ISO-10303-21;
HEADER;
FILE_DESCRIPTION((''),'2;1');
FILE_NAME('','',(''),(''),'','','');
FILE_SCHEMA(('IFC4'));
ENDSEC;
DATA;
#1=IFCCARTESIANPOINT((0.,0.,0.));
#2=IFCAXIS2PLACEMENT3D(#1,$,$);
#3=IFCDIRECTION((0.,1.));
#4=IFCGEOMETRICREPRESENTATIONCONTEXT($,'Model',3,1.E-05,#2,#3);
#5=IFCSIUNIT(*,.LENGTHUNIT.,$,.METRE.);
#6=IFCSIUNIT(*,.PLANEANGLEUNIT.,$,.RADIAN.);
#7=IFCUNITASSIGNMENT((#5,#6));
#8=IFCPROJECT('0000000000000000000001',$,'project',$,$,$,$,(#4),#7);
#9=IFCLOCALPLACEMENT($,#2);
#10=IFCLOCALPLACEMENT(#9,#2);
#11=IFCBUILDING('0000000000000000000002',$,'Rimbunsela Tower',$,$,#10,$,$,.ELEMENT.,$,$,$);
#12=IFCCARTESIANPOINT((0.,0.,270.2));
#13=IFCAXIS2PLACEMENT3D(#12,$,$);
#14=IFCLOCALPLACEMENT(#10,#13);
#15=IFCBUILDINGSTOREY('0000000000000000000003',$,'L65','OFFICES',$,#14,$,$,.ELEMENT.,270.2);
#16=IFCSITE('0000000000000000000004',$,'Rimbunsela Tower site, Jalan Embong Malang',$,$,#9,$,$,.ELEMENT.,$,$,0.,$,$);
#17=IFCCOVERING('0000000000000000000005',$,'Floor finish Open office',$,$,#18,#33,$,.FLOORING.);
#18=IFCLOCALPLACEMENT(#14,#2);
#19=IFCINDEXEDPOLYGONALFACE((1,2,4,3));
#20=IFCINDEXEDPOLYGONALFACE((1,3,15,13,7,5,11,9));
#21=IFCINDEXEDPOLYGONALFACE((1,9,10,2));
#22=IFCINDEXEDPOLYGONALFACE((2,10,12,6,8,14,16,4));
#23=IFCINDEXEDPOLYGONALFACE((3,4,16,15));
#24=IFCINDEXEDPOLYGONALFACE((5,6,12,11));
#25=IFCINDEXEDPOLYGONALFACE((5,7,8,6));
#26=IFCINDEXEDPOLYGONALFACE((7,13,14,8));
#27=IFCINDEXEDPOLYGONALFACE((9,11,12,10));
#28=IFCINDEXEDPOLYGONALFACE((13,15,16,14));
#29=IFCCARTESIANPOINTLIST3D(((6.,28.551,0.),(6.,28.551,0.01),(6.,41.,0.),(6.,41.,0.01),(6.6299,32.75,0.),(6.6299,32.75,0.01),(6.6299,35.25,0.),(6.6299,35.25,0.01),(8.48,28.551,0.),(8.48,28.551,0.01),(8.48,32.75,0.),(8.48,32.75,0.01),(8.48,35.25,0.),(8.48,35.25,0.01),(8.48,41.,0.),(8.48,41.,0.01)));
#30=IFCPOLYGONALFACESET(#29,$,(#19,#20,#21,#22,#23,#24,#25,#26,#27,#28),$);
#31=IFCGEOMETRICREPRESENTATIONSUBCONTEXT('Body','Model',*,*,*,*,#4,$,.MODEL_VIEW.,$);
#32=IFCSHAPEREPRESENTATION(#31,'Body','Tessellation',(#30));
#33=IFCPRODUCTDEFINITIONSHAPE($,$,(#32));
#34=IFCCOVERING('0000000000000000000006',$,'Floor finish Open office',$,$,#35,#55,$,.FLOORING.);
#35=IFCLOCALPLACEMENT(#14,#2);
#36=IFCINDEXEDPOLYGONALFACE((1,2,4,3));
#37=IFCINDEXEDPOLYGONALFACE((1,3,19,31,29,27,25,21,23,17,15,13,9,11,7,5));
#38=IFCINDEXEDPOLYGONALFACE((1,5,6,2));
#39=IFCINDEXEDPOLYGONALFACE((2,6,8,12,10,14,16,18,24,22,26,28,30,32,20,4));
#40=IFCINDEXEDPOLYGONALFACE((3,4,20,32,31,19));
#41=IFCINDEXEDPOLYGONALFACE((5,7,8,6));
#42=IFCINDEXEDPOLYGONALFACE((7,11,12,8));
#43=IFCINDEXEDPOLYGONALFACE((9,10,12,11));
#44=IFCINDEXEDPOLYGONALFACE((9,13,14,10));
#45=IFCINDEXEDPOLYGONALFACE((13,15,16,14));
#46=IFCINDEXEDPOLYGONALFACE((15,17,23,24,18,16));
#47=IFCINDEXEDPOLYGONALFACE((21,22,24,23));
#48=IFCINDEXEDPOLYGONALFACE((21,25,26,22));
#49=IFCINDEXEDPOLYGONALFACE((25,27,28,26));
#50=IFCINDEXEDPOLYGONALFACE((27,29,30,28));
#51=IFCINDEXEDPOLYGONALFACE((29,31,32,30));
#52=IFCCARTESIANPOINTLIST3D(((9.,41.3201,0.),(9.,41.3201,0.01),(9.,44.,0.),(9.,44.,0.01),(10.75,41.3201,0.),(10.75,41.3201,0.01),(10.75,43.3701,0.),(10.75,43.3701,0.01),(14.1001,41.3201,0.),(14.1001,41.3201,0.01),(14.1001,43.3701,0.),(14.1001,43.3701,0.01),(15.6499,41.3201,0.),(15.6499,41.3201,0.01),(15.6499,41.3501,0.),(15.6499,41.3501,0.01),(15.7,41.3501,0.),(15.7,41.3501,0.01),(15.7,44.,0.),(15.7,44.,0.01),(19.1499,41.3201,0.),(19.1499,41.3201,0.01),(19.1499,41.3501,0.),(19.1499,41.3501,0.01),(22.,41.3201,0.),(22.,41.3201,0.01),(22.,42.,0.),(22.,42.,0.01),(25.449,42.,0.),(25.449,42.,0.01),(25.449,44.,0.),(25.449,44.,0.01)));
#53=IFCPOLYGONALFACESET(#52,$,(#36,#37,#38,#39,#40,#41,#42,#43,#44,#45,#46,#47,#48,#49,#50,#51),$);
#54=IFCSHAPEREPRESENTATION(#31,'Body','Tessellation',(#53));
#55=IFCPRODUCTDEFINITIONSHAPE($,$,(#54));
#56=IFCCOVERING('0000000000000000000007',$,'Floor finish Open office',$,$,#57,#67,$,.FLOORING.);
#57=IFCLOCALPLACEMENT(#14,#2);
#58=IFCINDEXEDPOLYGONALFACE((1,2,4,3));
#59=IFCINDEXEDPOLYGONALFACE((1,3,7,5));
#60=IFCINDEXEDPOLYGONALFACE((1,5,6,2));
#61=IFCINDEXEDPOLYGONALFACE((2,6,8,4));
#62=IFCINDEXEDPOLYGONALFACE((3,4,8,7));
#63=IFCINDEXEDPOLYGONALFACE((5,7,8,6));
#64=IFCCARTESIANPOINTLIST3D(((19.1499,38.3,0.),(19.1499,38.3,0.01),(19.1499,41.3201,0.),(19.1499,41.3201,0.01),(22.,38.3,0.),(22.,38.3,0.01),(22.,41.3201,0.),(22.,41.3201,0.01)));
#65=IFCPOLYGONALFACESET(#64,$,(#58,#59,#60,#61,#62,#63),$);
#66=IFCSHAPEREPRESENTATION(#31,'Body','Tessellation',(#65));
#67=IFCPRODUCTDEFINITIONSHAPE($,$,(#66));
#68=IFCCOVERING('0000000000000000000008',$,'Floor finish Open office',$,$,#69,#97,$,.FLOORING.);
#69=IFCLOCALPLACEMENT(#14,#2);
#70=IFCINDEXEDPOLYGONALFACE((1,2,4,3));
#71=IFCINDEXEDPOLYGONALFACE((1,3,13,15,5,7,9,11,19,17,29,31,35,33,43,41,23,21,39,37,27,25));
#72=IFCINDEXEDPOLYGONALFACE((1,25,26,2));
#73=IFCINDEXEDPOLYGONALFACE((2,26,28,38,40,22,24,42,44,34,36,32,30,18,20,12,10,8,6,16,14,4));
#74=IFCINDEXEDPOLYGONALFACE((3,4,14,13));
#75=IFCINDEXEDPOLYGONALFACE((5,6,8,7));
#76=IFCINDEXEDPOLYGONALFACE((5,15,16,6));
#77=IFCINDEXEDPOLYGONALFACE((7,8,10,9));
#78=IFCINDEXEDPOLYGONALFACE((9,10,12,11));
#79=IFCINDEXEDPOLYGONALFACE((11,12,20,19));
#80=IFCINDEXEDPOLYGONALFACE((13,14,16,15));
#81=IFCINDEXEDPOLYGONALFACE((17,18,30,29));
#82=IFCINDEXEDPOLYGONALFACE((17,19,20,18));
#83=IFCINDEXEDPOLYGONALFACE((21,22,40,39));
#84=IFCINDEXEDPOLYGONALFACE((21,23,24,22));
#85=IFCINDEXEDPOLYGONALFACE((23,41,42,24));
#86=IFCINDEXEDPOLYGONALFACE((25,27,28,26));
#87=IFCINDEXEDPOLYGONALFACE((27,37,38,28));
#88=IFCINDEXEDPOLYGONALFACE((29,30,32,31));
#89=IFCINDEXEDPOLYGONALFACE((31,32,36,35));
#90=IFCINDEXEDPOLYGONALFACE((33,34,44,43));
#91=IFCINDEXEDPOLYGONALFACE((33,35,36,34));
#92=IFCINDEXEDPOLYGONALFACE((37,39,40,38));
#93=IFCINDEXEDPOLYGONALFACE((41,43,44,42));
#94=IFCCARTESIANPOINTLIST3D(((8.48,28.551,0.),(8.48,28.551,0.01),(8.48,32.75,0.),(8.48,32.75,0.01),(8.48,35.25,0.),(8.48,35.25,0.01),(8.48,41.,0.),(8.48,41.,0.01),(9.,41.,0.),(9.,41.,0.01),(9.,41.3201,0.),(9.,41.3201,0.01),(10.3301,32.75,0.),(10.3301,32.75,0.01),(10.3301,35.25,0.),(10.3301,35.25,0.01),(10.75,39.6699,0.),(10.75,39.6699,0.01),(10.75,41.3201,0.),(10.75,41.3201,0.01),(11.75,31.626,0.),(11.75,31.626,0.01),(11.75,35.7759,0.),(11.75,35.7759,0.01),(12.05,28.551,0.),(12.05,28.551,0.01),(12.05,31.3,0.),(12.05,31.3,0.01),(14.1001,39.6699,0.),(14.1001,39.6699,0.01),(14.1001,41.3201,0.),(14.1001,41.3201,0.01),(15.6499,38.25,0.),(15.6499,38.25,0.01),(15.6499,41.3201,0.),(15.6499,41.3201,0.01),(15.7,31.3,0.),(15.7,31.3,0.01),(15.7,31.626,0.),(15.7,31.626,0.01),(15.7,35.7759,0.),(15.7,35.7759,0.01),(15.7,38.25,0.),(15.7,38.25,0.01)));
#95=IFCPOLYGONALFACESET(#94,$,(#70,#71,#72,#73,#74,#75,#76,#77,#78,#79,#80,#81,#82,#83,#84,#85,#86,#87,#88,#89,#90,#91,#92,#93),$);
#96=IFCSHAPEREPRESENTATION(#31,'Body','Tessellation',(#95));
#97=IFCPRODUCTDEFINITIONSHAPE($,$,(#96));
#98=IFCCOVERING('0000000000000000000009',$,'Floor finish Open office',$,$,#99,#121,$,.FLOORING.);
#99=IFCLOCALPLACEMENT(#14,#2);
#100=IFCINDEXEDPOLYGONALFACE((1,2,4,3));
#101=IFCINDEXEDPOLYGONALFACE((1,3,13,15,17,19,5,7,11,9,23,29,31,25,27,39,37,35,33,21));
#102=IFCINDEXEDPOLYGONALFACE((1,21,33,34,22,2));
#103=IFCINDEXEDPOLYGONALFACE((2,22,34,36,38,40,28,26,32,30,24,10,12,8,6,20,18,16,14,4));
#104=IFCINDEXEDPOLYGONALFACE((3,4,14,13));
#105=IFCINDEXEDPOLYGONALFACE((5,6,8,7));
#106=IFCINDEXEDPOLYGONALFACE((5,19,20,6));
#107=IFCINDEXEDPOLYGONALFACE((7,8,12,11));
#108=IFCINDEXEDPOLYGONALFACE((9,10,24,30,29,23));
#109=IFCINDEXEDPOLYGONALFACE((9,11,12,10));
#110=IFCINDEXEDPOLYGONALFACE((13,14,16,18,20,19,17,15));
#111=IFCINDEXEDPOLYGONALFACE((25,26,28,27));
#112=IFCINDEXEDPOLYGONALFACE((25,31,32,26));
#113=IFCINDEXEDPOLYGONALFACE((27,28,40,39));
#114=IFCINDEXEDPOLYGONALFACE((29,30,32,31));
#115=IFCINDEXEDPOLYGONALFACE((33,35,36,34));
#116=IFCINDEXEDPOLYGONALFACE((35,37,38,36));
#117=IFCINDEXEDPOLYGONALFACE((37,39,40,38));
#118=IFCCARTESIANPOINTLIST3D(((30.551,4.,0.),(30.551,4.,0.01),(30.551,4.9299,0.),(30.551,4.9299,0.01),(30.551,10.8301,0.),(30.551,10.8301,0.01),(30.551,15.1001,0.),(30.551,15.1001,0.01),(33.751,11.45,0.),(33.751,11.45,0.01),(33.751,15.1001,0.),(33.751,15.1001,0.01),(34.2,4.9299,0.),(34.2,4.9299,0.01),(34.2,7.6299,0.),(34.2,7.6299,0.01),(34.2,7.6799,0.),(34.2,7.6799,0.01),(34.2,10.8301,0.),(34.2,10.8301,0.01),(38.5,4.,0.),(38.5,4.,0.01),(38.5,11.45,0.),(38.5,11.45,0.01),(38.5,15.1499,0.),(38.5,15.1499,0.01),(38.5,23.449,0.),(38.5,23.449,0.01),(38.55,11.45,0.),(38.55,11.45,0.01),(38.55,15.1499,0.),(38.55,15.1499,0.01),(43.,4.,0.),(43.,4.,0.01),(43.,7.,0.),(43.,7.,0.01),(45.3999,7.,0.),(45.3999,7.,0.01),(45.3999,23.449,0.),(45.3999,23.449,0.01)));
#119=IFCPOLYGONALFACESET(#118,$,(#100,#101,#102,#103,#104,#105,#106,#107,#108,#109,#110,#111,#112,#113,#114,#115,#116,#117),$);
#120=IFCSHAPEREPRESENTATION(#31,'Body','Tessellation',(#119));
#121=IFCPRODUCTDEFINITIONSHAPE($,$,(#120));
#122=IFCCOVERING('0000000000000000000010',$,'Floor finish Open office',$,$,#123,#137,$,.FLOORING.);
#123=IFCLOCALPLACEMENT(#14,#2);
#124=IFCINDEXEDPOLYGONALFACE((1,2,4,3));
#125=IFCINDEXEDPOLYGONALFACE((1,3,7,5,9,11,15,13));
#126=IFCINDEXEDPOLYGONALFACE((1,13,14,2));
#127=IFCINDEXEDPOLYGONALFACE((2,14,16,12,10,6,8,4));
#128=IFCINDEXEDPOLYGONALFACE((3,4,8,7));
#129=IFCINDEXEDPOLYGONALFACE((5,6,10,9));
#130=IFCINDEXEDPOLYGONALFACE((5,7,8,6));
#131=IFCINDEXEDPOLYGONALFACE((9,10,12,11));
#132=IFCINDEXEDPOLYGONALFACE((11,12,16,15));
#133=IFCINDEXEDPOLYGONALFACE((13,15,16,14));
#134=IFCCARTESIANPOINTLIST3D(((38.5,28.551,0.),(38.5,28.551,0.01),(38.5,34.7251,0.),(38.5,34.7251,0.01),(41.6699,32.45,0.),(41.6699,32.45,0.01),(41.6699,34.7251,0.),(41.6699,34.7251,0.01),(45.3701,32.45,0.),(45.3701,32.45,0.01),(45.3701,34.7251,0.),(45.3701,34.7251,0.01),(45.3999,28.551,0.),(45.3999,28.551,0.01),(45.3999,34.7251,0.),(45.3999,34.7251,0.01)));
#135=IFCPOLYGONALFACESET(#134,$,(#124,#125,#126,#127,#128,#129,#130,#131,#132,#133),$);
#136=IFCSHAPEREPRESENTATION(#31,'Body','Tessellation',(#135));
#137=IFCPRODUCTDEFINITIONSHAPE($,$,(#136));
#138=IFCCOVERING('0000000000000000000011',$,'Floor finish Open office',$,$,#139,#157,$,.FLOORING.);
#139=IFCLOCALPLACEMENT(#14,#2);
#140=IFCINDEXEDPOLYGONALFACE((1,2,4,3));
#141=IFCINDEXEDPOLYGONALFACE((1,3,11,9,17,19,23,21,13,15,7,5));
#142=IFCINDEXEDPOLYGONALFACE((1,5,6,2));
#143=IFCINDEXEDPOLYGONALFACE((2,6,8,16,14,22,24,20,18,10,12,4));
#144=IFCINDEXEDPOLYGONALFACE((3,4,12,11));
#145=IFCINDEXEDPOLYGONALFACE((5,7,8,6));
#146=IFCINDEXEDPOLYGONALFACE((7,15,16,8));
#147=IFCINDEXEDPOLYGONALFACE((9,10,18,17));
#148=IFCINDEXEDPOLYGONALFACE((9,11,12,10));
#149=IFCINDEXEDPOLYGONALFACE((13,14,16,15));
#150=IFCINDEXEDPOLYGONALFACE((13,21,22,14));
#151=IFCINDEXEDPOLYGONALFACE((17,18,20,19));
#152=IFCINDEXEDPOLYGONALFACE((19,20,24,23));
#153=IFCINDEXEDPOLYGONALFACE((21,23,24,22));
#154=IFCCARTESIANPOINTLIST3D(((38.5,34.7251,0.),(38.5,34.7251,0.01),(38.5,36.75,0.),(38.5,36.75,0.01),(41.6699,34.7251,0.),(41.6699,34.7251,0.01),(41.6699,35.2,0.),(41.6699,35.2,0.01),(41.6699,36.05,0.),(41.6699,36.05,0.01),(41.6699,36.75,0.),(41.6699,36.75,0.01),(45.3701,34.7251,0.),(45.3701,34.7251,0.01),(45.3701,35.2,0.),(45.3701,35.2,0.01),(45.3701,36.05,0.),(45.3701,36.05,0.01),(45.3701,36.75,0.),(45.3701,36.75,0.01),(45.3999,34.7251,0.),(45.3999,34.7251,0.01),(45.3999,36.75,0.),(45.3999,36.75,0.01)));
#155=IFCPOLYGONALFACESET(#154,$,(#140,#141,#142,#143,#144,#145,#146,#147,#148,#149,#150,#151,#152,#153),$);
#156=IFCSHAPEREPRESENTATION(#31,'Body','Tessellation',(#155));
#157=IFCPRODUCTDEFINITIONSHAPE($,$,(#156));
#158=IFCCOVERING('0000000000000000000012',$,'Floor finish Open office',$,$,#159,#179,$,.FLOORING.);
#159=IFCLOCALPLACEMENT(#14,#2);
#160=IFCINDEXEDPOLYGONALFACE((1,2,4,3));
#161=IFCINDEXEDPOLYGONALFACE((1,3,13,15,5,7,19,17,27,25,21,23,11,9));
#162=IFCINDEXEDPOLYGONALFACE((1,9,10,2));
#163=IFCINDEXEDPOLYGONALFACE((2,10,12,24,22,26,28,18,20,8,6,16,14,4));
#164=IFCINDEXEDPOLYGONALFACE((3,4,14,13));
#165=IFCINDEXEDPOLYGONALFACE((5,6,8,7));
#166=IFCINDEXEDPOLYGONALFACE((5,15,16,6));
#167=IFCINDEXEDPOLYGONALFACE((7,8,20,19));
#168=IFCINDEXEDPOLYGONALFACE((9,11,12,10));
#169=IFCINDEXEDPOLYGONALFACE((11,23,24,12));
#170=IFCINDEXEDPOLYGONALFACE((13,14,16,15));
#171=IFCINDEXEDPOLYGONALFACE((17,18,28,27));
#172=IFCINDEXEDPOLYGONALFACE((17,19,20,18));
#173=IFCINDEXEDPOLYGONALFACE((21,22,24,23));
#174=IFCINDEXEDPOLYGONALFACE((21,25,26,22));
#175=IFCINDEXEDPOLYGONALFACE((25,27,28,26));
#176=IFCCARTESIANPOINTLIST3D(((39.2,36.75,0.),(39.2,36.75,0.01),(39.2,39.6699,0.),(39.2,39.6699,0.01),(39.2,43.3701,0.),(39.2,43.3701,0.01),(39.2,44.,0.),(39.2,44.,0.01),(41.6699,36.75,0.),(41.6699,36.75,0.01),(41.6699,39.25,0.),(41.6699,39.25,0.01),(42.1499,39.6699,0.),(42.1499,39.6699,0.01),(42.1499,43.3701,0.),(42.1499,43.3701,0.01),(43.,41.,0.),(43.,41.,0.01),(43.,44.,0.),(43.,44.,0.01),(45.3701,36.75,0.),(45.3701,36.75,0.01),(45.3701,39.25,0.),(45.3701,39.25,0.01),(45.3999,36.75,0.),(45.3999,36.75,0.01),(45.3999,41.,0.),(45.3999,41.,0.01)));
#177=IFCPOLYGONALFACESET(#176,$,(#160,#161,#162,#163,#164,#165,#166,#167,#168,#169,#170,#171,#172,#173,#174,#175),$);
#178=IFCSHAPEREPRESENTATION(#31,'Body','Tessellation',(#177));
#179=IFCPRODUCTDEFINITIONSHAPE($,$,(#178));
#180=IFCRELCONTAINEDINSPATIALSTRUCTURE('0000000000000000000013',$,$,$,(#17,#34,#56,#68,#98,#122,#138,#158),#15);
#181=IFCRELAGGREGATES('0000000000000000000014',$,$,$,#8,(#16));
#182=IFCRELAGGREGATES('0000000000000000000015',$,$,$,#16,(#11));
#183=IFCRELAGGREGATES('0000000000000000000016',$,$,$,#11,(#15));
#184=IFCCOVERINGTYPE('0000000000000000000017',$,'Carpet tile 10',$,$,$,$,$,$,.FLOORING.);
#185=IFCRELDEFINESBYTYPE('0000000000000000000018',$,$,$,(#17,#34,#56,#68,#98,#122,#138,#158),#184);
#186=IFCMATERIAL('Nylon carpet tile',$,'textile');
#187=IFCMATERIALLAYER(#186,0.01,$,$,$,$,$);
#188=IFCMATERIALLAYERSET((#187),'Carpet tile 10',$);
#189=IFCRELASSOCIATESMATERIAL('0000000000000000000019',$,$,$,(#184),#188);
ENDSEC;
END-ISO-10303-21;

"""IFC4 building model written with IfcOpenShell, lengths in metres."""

from ifc_helpers import new_model, si_unit, direction, frame, origin, place, context, subcontext, project, spatial, polyline, outline, extrude, material, layer, layer_set, type_object, element, save


model = new_model("IFC4")

# Units and contexts
model_context = context("Model", 3, precision=1e-05, world=origin(), true_north=direction((0.0, 1.0)))
body_context = subcontext(model_context, "Body", "Model", "MODEL_VIEW")
ifc_project = project(units=[si_unit("LENGTHUNIT", "METRE"), si_unit("PLANEANGLEUNIT", "RADIAN")], contexts=[model_context])

# Site, building, storey
site_placement = place(None, origin())
site = spatial("IfcSite", under=ifc_project, at=site_placement, Name="Rimbunsela Tower site, Jalan Embong Malang", CompositionType="ELEMENT", RefElevation=0.0)
building_placement = place(site_placement, origin())
building = spatial("IfcBuilding", under=site, at=building_placement, Name="Rimbunsela Tower", CompositionType="ELEMENT")
storey_placement = place(building_placement, frame((0.0, 0.0, 270.2)))
storey = spatial("IfcBuildingStorey", under=building, at=storey_placement, Name="L65", Description="OFFICES", CompositionType="ELEMENT", Elevation=270.2)

# Coverings
ifc_material_1 = material(Name="Nylon carpet tile", Category="textile")
ifc_layer_1 = layer(ifc_material_1, 0.01)
ifc_layer_set_1 = layer_set([ifc_layer_1], Name="Carpet tile 10")
covering_type_1 = type_object("IfcCoveringType", Name="Carpet tile 10", PredefinedType="FLOORING", material=ifc_layer_set_1)
covering_1_placement = place(storey_placement, origin())
element("IfcCovering", 1, at=covering_1_placement, inside=storey, type_object=covering_type_1, Name="Floor finish Open office", PredefinedType="FLOORING", context=body_context, shape_type="SweptSolid", body=[
    extrude(outline(polyline([(8.48, 28.551), (6.0, 28.551), (6.0, 41.0), (8.48, 41.0), (8.48, 35.25), (6.6299, 35.25), (6.6299, 32.75), (8.48, 32.75), (8.48, 28.551)])), origin(), (0.0, 0.0, 1.0), 0.01),
])
covering_2_placement = place(storey_placement, origin())
element("IfcCovering", 2, at=covering_2_placement, inside=storey, type_object=covering_type_1, Name="Floor finish Open office", PredefinedType="FLOORING", context=body_context, shape_type="SweptSolid", body=[
    extrude(outline(polyline([(9.0, 41.3201), (9.0, 44.0), (15.7, 44.0), (25.449, 44.0), (25.449, 42.0), (22.0, 42.0), (22.0, 41.3201), (19.1499, 41.3201), (19.1499, 41.3501), (15.7, 41.3501), (15.6499, 41.3501), (15.6499, 41.3201), (14.1001, 41.3201), (14.1001, 43.3701), (10.75, 43.3701), (10.75, 41.3201), (9.0, 41.3201)])), origin(), (0.0, 0.0, 1.0), 0.01),
])
covering_3_placement = place(storey_placement, origin())
element("IfcCovering", 3, at=covering_3_placement, inside=storey, type_object=covering_type_1, Name="Floor finish Open office", PredefinedType="FLOORING", context=body_context, shape_type="SweptSolid", body=[
    extrude(outline(polyline([(22.0, 41.3201), (22.0, 38.3), (19.1499, 38.3), (19.1499, 41.3201), (22.0, 41.3201)])), origin(), (0.0, 0.0, 1.0), 0.01),
])
covering_4_placement = place(storey_placement, origin())
element("IfcCovering", 4, at=covering_4_placement, inside=storey, type_object=covering_type_1, Name="Floor finish Open office", PredefinedType="FLOORING", context=body_context, shape_type="SweptSolid", body=[
    extrude(outline(polyline([(15.6499, 38.25), (15.7, 38.25), (15.7, 35.7759), (11.75, 35.7759), (11.75, 31.626), (15.7, 31.626), (15.7, 31.3), (12.05, 31.3), (12.05, 28.551), (8.48, 28.551), (8.48, 32.75), (10.3301, 32.75), (10.3301, 35.25), (8.48, 35.25), (8.48, 41.0), (9.0, 41.0), (9.0, 41.3201), (10.75, 41.3201), (10.75, 39.6699), (14.1001, 39.6699), (14.1001, 41.3201), (15.6499, 41.3201), (15.6499, 38.25)])), origin(), (0.0, 0.0, 1.0), 0.01),
])
covering_5_placement = place(storey_placement, origin())
element("IfcCovering", 5, at=covering_5_placement, inside=storey, type_object=covering_type_1, Name="Floor finish Open office", PredefinedType="FLOORING", context=body_context, shape_type="SweptSolid", body=[
    extrude(outline(polyline([(34.2, 4.9299), (34.2, 7.6299), (34.2, 7.6799), (34.2, 10.8301), (30.551, 10.8301), (30.551, 15.1001), (33.751, 15.1001), (33.751, 11.45), (38.5, 11.45), (38.55, 11.45), (38.55, 15.1499), (38.5, 15.1499), (38.5, 23.449), (45.3999, 23.449), (45.3999, 7.0), (43.0, 7.0), (43.0, 4.0), (38.5, 4.0), (30.551, 4.0), (30.551, 4.9299), (34.2, 4.9299)])), origin(), (0.0, 0.0, 1.0), 0.01),
])
covering_6_placement = place(storey_placement, origin())
element("IfcCovering", 6, at=covering_6_placement, inside=storey, type_object=covering_type_1, Name="Floor finish Open office", PredefinedType="FLOORING", context=body_context, shape_type="SweptSolid", body=[
    extrude(outline(polyline([(38.5, 28.551), (38.5, 34.7251), (41.6699, 34.7251), (41.6699, 32.45), (45.3701, 32.45), (45.3701, 34.7251), (45.3999, 34.7251), (45.3999, 28.551), (38.5, 28.551)])), origin(), (0.0, 0.0, 1.0), 0.01),
])
covering_7_placement = place(storey_placement, origin())
element("IfcCovering", 7, at=covering_7_placement, inside=storey, type_object=covering_type_1, Name="Floor finish Open office", PredefinedType="FLOORING", context=body_context, shape_type="SweptSolid", body=[
    extrude(outline(polyline([(38.5, 34.7251), (38.5, 36.75), (41.6699, 36.75), (41.6699, 36.05), (45.3701, 36.05), (45.3701, 36.75), (45.3999, 36.75), (45.3999, 34.7251), (45.3701, 34.7251), (45.3701, 35.2), (41.6699, 35.2), (41.6699, 34.7251), (38.5, 34.7251)])), origin(), (0.0, 0.0, 1.0), 0.01),
])
covering_8_placement = place(storey_placement, origin())
element("IfcCovering", 8, at=covering_8_placement, inside=storey, type_object=covering_type_1, Name="Floor finish Open office", PredefinedType="FLOORING", context=body_context, shape_type="SweptSolid", body=[
    extrude(outline(polyline([(39.2, 44.0), (43.0, 44.0), (43.0, 41.0), (45.3999, 41.0), (45.3999, 36.75), (45.3701, 36.75), (45.3701, 39.25), (41.6699, 39.25), (41.6699, 36.75), (39.2, 36.75), (39.2, 39.6699), (42.1499, 39.6699), (42.1499, 43.3701), (39.2, 43.3701), (39.2, 44.0)])), origin(), (0.0, 0.0, 1.0), 0.01),
])

save(model, "model.ifc")
